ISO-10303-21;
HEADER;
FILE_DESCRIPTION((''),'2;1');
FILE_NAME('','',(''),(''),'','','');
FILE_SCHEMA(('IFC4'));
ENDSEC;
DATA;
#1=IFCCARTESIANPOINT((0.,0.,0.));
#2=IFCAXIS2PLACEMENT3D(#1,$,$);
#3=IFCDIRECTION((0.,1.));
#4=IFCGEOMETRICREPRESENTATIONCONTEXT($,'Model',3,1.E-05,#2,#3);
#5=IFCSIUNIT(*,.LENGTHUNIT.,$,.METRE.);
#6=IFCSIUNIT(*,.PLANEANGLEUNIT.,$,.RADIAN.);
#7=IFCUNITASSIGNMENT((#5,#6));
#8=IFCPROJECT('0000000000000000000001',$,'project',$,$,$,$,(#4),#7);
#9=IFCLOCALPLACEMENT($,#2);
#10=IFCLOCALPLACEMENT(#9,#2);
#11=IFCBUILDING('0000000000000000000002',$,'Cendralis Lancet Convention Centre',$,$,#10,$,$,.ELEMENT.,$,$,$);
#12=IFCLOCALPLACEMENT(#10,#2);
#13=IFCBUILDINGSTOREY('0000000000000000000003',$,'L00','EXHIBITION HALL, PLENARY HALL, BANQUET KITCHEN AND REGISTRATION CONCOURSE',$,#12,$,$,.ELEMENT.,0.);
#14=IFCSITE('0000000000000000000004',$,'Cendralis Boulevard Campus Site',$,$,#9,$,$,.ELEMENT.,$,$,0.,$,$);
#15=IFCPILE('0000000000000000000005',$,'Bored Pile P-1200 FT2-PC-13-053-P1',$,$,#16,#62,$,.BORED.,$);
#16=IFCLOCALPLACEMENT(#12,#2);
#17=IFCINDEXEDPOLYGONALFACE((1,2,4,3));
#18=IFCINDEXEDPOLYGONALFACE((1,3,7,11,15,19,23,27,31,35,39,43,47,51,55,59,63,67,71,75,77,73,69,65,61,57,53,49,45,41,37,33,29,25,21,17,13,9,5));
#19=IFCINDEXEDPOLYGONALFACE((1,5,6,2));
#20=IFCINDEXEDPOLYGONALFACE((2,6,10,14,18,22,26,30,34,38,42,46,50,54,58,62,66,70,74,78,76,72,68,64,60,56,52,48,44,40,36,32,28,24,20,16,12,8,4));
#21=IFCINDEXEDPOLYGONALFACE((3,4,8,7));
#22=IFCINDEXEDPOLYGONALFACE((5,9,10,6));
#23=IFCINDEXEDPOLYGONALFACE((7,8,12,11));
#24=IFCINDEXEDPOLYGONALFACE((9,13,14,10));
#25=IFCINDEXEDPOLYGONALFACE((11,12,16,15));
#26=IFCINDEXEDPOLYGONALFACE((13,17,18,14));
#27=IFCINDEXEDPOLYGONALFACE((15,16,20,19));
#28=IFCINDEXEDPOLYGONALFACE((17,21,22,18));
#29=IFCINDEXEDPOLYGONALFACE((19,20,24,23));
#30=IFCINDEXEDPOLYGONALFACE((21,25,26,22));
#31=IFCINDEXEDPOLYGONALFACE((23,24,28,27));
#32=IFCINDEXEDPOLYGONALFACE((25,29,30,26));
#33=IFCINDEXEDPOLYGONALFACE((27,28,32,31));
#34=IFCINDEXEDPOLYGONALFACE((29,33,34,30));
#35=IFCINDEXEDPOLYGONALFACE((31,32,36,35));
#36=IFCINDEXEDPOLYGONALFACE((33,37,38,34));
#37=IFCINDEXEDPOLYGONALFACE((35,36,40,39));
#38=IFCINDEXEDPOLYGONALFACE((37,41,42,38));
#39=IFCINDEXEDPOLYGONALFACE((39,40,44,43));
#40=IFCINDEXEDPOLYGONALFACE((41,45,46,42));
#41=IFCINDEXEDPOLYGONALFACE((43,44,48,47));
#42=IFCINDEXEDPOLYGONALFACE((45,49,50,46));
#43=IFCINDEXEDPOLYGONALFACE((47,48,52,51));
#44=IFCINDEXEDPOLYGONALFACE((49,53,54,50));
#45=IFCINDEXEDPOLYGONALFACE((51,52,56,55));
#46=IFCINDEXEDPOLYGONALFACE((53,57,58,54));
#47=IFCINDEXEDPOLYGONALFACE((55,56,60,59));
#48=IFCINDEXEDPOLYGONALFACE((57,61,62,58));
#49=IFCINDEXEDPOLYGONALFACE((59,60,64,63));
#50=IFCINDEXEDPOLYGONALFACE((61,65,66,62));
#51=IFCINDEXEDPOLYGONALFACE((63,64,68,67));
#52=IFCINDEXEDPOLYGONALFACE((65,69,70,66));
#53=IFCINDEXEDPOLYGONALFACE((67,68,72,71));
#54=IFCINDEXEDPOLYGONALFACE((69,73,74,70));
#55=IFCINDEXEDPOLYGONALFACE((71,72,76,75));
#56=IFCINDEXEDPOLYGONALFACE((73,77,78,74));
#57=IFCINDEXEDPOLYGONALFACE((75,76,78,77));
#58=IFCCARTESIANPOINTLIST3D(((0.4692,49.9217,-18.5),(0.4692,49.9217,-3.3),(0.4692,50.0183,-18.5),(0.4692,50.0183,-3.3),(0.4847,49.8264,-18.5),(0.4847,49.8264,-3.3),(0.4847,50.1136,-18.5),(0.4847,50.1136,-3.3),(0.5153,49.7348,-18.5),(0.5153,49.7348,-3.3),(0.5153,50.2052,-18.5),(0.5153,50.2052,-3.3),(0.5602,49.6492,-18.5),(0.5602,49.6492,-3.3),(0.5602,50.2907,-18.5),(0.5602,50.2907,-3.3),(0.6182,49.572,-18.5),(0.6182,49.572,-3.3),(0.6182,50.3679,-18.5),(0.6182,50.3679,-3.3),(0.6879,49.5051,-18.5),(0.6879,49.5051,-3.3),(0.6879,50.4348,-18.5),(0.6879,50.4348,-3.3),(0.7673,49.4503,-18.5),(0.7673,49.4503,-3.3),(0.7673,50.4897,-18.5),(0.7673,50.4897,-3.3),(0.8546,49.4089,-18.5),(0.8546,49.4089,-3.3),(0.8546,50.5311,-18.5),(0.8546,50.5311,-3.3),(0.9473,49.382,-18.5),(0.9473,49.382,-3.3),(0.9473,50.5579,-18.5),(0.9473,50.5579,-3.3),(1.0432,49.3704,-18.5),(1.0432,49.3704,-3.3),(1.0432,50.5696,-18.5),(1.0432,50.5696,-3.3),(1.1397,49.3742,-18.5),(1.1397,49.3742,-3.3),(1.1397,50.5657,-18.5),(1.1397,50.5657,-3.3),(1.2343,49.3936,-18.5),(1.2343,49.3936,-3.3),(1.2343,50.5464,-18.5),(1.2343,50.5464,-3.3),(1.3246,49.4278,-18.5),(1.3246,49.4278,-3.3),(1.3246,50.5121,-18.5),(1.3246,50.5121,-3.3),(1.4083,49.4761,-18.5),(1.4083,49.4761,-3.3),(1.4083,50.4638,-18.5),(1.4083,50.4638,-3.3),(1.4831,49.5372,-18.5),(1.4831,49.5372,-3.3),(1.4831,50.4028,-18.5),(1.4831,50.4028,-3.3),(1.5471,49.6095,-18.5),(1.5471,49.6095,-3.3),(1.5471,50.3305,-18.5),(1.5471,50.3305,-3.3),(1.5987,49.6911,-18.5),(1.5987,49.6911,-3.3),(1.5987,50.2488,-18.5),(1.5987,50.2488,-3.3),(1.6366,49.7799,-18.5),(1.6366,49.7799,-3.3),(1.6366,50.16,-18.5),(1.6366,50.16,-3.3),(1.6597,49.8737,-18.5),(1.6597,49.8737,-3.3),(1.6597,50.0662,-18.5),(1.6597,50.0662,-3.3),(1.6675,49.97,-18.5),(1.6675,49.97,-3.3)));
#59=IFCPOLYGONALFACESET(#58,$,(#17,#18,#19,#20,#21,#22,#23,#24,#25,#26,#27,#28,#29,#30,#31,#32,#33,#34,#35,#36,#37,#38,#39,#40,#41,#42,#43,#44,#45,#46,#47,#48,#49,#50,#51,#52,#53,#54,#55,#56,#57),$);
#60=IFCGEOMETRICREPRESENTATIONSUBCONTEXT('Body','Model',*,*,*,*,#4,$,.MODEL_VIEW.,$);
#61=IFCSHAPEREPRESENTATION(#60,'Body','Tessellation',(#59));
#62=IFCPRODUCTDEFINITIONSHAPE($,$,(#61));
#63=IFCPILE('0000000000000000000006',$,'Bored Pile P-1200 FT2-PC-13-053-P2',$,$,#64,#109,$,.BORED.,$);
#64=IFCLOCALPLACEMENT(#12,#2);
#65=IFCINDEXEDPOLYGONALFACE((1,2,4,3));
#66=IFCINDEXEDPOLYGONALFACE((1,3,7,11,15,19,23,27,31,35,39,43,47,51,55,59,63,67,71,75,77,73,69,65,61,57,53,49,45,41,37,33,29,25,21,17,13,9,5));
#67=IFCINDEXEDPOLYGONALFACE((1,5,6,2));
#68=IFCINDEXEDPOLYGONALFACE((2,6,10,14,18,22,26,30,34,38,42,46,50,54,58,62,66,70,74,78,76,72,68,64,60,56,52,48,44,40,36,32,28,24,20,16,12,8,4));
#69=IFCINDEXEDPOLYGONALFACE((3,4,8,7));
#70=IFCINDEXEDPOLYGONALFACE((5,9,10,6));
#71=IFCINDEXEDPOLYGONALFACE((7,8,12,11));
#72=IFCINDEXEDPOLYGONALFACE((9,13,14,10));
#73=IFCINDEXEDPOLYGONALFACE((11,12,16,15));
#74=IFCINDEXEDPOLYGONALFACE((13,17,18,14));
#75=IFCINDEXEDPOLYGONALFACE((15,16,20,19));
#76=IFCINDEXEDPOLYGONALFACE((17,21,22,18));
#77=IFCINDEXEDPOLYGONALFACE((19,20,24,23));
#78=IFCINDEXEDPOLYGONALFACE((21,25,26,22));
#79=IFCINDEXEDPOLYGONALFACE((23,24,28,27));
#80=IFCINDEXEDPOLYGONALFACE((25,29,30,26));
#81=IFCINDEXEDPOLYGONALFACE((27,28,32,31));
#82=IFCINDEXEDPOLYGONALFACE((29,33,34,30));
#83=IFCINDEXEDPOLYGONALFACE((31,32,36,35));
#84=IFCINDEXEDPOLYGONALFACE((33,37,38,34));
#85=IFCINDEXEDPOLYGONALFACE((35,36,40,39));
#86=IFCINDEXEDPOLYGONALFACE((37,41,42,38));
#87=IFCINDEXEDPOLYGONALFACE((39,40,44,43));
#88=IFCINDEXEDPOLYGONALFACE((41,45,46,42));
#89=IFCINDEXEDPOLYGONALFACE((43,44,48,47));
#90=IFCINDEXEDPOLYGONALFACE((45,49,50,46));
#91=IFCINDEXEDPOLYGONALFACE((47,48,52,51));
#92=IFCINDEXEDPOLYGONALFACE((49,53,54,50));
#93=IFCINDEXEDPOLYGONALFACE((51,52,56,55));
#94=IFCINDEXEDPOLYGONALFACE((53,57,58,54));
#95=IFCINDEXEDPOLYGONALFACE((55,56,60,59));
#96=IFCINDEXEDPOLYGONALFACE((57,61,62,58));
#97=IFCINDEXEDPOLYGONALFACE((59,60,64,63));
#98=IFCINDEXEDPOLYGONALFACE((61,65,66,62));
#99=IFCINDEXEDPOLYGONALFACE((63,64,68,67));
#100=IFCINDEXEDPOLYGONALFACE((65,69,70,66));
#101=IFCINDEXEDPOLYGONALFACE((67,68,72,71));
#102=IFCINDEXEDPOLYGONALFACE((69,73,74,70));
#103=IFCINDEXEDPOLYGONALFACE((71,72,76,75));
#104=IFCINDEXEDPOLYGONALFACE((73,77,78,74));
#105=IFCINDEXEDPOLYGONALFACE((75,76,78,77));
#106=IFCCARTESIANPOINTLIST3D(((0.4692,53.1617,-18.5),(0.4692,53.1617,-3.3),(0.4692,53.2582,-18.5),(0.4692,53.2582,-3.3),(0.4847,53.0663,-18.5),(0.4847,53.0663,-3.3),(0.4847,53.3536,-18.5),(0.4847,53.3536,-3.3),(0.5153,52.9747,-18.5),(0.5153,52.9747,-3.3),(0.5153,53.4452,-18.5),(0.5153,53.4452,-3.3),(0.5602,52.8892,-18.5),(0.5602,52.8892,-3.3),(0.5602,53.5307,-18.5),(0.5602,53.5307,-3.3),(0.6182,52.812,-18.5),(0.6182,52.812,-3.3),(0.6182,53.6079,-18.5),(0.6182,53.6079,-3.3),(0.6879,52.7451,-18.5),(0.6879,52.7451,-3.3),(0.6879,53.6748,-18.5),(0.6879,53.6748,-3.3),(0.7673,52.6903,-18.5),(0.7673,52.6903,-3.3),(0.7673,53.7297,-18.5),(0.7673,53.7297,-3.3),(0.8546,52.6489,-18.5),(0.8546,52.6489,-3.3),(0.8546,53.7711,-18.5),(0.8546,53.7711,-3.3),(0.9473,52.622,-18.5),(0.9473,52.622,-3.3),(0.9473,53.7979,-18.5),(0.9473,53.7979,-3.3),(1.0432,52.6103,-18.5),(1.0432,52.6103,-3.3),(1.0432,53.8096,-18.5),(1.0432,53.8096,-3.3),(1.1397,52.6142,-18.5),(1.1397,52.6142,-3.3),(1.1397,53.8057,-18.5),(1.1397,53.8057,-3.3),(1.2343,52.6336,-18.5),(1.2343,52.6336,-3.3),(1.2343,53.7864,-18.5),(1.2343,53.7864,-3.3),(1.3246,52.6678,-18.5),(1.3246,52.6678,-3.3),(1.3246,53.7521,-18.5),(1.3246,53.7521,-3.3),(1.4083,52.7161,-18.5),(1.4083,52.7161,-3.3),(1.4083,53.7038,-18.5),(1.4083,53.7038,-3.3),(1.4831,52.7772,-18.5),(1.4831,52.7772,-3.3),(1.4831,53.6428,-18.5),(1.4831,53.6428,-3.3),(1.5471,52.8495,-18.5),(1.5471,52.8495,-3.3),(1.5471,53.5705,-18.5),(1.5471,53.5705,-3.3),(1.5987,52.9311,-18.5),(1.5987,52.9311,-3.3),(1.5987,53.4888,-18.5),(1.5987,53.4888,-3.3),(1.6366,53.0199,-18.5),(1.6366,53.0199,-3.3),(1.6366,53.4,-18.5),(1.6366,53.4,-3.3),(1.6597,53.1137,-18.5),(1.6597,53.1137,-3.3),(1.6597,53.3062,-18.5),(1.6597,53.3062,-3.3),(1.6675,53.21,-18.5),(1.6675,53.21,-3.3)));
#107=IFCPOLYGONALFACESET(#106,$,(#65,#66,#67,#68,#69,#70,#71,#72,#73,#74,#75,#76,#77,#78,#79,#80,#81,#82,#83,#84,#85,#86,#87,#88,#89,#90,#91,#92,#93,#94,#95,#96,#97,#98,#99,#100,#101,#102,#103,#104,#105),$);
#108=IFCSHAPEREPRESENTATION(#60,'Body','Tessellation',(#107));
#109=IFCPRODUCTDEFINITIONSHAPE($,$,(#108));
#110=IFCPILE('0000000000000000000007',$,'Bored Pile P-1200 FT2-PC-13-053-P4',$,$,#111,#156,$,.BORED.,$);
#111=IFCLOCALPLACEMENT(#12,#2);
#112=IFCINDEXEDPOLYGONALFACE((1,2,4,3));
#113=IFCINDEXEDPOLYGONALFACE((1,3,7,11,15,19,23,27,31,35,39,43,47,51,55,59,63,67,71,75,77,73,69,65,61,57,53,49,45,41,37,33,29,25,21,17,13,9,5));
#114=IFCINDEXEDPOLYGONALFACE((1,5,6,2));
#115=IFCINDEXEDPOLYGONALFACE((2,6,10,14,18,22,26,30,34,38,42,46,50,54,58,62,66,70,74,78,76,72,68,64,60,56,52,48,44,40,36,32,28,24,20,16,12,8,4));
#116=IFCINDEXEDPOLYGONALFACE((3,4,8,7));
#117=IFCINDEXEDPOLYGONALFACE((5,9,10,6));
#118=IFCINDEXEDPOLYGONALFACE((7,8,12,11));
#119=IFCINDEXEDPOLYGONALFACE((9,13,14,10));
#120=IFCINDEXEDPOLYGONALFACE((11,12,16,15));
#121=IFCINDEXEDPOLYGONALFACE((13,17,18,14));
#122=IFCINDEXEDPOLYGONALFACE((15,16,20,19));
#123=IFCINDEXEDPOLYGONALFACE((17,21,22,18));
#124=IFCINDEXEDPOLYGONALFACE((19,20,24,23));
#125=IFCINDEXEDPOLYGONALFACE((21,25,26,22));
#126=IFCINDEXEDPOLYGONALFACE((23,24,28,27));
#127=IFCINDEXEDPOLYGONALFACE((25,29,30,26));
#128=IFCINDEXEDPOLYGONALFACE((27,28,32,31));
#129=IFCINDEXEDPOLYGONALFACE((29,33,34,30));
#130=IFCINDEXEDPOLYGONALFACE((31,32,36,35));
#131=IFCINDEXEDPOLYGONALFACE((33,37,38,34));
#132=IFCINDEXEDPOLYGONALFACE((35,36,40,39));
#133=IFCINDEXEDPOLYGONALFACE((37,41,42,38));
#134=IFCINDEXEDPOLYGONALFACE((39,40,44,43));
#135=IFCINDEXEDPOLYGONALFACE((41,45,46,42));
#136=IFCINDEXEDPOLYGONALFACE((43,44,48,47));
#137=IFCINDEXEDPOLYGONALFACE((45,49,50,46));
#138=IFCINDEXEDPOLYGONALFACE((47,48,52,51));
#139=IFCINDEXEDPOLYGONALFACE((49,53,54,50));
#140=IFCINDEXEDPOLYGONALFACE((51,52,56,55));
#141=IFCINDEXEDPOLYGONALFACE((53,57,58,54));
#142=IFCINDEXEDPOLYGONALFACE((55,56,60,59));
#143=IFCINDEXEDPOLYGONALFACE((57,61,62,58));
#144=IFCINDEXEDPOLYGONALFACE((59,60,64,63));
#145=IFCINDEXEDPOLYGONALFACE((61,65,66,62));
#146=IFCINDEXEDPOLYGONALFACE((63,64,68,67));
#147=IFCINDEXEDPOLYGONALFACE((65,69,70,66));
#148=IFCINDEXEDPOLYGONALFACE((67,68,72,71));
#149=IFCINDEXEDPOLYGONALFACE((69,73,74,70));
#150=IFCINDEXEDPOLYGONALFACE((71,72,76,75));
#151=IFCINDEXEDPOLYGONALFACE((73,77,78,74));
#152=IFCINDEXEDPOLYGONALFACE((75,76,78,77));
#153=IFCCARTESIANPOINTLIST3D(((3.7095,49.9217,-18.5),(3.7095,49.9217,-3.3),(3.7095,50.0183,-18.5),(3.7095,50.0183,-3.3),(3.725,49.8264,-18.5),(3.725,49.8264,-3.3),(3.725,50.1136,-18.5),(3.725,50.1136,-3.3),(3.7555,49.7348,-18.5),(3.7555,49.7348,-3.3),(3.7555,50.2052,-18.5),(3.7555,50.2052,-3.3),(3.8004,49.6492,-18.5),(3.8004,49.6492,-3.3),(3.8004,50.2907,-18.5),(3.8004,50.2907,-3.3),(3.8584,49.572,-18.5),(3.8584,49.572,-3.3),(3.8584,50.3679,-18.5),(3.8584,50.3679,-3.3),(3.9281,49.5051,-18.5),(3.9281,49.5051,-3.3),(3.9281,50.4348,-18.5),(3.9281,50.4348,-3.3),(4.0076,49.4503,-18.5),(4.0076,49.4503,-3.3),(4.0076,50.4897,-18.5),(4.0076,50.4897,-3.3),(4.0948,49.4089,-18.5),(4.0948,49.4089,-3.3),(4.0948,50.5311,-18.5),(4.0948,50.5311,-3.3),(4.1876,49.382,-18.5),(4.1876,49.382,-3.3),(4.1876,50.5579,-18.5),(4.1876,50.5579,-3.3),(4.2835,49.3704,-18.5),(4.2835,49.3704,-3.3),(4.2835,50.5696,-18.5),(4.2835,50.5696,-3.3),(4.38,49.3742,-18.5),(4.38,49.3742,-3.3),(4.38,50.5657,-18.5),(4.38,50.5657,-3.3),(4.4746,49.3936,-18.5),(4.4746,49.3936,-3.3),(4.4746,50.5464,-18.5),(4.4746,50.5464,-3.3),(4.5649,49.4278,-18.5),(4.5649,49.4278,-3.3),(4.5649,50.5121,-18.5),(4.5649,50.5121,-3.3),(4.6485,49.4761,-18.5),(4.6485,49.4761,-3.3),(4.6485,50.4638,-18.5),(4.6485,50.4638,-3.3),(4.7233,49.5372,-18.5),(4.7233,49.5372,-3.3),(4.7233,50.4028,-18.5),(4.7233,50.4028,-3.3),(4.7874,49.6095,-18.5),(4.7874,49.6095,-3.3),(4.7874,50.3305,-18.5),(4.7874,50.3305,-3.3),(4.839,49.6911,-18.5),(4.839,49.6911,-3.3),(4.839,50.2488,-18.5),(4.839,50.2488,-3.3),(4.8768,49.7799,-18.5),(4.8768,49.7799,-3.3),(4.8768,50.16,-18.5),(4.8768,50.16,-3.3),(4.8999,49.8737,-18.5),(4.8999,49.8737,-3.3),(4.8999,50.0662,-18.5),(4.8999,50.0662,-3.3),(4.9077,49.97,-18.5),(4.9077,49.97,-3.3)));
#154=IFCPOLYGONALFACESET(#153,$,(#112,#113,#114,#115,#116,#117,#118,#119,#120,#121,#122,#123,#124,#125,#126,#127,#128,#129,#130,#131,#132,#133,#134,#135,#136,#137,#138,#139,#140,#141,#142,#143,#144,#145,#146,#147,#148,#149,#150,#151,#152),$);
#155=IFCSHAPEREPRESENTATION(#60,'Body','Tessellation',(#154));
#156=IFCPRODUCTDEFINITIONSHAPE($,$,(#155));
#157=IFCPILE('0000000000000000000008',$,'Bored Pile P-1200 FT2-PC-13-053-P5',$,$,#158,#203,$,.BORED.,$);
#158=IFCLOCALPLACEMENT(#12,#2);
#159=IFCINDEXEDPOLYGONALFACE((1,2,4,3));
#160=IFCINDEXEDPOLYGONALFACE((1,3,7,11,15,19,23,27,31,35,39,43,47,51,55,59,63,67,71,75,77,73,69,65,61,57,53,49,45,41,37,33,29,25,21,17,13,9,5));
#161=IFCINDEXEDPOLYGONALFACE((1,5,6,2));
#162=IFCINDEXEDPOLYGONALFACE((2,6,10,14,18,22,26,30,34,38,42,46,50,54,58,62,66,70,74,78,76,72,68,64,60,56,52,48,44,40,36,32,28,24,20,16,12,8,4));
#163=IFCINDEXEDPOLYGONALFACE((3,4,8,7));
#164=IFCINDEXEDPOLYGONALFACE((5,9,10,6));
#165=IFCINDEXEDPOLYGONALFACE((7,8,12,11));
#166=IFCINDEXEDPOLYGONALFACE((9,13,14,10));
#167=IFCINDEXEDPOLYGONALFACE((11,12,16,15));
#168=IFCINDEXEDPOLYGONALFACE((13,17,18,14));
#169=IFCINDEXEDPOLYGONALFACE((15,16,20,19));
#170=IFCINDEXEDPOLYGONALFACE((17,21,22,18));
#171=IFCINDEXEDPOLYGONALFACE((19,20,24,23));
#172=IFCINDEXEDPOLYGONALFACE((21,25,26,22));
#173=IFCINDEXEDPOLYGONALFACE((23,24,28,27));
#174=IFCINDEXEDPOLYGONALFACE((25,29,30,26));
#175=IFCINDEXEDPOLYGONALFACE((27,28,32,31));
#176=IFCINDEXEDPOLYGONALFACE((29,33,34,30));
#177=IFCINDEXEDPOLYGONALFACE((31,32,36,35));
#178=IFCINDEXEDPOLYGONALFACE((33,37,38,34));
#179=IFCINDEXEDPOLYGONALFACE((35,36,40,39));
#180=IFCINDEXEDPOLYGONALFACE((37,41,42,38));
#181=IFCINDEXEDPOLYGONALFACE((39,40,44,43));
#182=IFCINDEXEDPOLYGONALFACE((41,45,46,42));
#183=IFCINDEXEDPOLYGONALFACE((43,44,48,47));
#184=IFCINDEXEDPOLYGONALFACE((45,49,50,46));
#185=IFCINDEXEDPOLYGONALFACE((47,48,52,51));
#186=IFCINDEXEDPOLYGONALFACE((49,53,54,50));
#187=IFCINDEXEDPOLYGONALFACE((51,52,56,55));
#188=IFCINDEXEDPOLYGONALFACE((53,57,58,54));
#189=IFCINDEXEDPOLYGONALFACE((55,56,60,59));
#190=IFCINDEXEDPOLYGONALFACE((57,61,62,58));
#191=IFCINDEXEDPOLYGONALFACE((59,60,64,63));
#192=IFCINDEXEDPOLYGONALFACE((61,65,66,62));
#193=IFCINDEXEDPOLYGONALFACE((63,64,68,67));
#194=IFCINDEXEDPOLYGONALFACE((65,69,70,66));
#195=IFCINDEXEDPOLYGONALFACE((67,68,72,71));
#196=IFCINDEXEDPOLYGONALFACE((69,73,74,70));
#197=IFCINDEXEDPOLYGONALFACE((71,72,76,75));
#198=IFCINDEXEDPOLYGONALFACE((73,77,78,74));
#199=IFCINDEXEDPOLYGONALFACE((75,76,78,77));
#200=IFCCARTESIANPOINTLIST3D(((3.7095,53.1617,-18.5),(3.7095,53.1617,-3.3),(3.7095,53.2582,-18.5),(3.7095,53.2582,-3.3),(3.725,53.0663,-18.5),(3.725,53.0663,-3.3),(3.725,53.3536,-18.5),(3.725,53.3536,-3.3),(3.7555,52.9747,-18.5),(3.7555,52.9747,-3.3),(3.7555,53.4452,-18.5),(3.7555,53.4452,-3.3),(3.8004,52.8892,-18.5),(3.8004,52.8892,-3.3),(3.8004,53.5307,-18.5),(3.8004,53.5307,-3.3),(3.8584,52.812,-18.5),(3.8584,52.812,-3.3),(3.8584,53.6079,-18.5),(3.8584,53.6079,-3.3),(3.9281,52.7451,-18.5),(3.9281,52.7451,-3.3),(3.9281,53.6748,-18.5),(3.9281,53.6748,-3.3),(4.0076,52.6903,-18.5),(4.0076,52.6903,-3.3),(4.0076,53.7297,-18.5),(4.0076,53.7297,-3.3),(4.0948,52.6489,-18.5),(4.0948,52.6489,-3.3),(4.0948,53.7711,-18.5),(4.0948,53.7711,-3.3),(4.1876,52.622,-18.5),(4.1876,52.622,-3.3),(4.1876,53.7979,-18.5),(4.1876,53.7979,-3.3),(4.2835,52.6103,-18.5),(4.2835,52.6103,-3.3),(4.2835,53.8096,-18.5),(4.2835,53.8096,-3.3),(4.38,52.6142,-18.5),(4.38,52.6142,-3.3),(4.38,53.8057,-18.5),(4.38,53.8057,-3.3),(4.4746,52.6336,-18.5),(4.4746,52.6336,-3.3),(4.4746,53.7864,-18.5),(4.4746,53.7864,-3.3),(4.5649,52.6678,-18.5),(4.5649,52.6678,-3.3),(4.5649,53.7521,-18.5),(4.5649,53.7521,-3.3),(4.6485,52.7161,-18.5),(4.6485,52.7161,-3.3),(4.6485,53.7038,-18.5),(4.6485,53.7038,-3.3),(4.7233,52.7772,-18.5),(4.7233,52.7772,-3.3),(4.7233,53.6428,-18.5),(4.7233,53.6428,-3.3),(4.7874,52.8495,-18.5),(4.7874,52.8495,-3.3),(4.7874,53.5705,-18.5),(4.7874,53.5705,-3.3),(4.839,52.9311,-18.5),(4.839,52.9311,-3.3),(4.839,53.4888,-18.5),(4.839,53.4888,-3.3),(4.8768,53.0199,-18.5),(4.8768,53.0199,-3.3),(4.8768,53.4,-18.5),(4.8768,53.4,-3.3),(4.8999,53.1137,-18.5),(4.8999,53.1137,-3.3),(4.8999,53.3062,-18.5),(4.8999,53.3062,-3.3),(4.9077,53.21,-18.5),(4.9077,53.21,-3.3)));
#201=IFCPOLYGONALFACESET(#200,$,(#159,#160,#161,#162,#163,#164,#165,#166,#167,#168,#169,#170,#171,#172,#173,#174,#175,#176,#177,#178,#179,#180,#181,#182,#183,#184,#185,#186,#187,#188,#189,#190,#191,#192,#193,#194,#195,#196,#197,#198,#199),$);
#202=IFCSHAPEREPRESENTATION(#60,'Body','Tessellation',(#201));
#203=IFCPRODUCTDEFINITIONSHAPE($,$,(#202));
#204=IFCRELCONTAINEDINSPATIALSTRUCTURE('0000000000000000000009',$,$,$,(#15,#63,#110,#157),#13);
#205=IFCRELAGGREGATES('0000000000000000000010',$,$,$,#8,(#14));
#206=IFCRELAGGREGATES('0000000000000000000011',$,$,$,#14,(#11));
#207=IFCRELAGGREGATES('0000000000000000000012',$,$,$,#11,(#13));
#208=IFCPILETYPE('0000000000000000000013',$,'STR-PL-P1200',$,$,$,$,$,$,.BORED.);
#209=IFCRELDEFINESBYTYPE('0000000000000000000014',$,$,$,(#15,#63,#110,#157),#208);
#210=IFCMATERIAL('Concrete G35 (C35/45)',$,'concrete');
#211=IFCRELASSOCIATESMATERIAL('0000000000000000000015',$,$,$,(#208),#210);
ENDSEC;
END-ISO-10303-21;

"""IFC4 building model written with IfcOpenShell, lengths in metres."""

from ifc_helpers import new_model, si_unit, direction, frame, origin, origin_2d, place, context, subcontext, project, spatial, circle, extrude, material, material_profile, profile_set, type_object, element, save


model = new_model("IFC4")

# Units and contexts
model_context = context("Model", 3, precision=1e-05, world=origin(), true_north=direction((0.0, 1.0)))
body_context = subcontext(model_context, "Body", "Model", "MODEL_VIEW")
ifc_project = project(units=[si_unit("LENGTHUNIT", "METRE"), si_unit("PLANEANGLEUNIT", "RADIAN")], contexts=[model_context])

# Site, building, storey
site_placement = place(None, origin())
site = spatial("IfcSite", under=ifc_project, at=site_placement, Name="Cendralis Boulevard Campus Site", CompositionType="ELEMENT", RefElevation=0.0)
building_placement = place(site_placement, origin())
building = spatial("IfcBuilding", under=site, at=building_placement, Name="Cendralis Lancet Convention Centre", CompositionType="ELEMENT")
storey_placement = place(building_placement, origin())
storey = spatial("IfcBuildingStorey", under=building, at=storey_placement, Name="L00", Description="EXHIBITION HALL, PLENARY HALL, BANQUET KITCHEN AND REGISTRATION CONCOURSE", CompositionType="ELEMENT", Elevation=0.0)

# Piles
ifc_material_1 = material(Name="Concrete G35 (C35/45)", Category="concrete")
ifc_material_profile_1 = material_profile(ifc_material_1, circle(Radius=0.6001, at=origin_2d()), Name="BORED PILE D1200")
ifc_profile_set_1 = profile_set([ifc_material_profile_1], Name="Concrete G35 (C35/45)")
pile_type = type_object("IfcPileType", Name="STR-PL-P1200", PredefinedType="BORED", material=ifc_profile_set_1)
for number, where, z_axis, x_axis, name in (
    (1, (1.0674, 49.97, -3.3), (0.0, 0.0, -1.0), (1.0, 0.0, 0.0), "Bored Pile P-1200 FT2-PC-13-053-P1"),
    (2, (1.0674, 53.21, -3.3), (0.0, 0.0, -1.0), (1.0, 0.0, 0.0), "Bored Pile P-1200 FT2-PC-13-053-P2"),
    (3, (4.3076, 49.97, -3.3), (0.0, 0.0, -1.0), (1.0, 0.0, 0.0), "Bored Pile P-1200 FT2-PC-13-053-P4"),
    (4, (4.3076, 53.21, -3.3), (0.0, 0.0, -1.0), (1.0, 0.0, 0.0), "Bored Pile P-1200 FT2-PC-13-053-P5"),
):
    element("IfcPile", number, at=place(storey_placement, frame(where, z_axis=z_axis, x_axis=x_axis)), inside=storey, type_object=pile_type, Name=name, PredefinedType="BORED", context=body_context, shape_type="SweptSolid", body=[
        extrude(circle(Radius=0.6001, at=origin_2d()), origin(), (0.0, 0.0, 1.0), 15.2),
    ])

save(model, "model.ifc")
